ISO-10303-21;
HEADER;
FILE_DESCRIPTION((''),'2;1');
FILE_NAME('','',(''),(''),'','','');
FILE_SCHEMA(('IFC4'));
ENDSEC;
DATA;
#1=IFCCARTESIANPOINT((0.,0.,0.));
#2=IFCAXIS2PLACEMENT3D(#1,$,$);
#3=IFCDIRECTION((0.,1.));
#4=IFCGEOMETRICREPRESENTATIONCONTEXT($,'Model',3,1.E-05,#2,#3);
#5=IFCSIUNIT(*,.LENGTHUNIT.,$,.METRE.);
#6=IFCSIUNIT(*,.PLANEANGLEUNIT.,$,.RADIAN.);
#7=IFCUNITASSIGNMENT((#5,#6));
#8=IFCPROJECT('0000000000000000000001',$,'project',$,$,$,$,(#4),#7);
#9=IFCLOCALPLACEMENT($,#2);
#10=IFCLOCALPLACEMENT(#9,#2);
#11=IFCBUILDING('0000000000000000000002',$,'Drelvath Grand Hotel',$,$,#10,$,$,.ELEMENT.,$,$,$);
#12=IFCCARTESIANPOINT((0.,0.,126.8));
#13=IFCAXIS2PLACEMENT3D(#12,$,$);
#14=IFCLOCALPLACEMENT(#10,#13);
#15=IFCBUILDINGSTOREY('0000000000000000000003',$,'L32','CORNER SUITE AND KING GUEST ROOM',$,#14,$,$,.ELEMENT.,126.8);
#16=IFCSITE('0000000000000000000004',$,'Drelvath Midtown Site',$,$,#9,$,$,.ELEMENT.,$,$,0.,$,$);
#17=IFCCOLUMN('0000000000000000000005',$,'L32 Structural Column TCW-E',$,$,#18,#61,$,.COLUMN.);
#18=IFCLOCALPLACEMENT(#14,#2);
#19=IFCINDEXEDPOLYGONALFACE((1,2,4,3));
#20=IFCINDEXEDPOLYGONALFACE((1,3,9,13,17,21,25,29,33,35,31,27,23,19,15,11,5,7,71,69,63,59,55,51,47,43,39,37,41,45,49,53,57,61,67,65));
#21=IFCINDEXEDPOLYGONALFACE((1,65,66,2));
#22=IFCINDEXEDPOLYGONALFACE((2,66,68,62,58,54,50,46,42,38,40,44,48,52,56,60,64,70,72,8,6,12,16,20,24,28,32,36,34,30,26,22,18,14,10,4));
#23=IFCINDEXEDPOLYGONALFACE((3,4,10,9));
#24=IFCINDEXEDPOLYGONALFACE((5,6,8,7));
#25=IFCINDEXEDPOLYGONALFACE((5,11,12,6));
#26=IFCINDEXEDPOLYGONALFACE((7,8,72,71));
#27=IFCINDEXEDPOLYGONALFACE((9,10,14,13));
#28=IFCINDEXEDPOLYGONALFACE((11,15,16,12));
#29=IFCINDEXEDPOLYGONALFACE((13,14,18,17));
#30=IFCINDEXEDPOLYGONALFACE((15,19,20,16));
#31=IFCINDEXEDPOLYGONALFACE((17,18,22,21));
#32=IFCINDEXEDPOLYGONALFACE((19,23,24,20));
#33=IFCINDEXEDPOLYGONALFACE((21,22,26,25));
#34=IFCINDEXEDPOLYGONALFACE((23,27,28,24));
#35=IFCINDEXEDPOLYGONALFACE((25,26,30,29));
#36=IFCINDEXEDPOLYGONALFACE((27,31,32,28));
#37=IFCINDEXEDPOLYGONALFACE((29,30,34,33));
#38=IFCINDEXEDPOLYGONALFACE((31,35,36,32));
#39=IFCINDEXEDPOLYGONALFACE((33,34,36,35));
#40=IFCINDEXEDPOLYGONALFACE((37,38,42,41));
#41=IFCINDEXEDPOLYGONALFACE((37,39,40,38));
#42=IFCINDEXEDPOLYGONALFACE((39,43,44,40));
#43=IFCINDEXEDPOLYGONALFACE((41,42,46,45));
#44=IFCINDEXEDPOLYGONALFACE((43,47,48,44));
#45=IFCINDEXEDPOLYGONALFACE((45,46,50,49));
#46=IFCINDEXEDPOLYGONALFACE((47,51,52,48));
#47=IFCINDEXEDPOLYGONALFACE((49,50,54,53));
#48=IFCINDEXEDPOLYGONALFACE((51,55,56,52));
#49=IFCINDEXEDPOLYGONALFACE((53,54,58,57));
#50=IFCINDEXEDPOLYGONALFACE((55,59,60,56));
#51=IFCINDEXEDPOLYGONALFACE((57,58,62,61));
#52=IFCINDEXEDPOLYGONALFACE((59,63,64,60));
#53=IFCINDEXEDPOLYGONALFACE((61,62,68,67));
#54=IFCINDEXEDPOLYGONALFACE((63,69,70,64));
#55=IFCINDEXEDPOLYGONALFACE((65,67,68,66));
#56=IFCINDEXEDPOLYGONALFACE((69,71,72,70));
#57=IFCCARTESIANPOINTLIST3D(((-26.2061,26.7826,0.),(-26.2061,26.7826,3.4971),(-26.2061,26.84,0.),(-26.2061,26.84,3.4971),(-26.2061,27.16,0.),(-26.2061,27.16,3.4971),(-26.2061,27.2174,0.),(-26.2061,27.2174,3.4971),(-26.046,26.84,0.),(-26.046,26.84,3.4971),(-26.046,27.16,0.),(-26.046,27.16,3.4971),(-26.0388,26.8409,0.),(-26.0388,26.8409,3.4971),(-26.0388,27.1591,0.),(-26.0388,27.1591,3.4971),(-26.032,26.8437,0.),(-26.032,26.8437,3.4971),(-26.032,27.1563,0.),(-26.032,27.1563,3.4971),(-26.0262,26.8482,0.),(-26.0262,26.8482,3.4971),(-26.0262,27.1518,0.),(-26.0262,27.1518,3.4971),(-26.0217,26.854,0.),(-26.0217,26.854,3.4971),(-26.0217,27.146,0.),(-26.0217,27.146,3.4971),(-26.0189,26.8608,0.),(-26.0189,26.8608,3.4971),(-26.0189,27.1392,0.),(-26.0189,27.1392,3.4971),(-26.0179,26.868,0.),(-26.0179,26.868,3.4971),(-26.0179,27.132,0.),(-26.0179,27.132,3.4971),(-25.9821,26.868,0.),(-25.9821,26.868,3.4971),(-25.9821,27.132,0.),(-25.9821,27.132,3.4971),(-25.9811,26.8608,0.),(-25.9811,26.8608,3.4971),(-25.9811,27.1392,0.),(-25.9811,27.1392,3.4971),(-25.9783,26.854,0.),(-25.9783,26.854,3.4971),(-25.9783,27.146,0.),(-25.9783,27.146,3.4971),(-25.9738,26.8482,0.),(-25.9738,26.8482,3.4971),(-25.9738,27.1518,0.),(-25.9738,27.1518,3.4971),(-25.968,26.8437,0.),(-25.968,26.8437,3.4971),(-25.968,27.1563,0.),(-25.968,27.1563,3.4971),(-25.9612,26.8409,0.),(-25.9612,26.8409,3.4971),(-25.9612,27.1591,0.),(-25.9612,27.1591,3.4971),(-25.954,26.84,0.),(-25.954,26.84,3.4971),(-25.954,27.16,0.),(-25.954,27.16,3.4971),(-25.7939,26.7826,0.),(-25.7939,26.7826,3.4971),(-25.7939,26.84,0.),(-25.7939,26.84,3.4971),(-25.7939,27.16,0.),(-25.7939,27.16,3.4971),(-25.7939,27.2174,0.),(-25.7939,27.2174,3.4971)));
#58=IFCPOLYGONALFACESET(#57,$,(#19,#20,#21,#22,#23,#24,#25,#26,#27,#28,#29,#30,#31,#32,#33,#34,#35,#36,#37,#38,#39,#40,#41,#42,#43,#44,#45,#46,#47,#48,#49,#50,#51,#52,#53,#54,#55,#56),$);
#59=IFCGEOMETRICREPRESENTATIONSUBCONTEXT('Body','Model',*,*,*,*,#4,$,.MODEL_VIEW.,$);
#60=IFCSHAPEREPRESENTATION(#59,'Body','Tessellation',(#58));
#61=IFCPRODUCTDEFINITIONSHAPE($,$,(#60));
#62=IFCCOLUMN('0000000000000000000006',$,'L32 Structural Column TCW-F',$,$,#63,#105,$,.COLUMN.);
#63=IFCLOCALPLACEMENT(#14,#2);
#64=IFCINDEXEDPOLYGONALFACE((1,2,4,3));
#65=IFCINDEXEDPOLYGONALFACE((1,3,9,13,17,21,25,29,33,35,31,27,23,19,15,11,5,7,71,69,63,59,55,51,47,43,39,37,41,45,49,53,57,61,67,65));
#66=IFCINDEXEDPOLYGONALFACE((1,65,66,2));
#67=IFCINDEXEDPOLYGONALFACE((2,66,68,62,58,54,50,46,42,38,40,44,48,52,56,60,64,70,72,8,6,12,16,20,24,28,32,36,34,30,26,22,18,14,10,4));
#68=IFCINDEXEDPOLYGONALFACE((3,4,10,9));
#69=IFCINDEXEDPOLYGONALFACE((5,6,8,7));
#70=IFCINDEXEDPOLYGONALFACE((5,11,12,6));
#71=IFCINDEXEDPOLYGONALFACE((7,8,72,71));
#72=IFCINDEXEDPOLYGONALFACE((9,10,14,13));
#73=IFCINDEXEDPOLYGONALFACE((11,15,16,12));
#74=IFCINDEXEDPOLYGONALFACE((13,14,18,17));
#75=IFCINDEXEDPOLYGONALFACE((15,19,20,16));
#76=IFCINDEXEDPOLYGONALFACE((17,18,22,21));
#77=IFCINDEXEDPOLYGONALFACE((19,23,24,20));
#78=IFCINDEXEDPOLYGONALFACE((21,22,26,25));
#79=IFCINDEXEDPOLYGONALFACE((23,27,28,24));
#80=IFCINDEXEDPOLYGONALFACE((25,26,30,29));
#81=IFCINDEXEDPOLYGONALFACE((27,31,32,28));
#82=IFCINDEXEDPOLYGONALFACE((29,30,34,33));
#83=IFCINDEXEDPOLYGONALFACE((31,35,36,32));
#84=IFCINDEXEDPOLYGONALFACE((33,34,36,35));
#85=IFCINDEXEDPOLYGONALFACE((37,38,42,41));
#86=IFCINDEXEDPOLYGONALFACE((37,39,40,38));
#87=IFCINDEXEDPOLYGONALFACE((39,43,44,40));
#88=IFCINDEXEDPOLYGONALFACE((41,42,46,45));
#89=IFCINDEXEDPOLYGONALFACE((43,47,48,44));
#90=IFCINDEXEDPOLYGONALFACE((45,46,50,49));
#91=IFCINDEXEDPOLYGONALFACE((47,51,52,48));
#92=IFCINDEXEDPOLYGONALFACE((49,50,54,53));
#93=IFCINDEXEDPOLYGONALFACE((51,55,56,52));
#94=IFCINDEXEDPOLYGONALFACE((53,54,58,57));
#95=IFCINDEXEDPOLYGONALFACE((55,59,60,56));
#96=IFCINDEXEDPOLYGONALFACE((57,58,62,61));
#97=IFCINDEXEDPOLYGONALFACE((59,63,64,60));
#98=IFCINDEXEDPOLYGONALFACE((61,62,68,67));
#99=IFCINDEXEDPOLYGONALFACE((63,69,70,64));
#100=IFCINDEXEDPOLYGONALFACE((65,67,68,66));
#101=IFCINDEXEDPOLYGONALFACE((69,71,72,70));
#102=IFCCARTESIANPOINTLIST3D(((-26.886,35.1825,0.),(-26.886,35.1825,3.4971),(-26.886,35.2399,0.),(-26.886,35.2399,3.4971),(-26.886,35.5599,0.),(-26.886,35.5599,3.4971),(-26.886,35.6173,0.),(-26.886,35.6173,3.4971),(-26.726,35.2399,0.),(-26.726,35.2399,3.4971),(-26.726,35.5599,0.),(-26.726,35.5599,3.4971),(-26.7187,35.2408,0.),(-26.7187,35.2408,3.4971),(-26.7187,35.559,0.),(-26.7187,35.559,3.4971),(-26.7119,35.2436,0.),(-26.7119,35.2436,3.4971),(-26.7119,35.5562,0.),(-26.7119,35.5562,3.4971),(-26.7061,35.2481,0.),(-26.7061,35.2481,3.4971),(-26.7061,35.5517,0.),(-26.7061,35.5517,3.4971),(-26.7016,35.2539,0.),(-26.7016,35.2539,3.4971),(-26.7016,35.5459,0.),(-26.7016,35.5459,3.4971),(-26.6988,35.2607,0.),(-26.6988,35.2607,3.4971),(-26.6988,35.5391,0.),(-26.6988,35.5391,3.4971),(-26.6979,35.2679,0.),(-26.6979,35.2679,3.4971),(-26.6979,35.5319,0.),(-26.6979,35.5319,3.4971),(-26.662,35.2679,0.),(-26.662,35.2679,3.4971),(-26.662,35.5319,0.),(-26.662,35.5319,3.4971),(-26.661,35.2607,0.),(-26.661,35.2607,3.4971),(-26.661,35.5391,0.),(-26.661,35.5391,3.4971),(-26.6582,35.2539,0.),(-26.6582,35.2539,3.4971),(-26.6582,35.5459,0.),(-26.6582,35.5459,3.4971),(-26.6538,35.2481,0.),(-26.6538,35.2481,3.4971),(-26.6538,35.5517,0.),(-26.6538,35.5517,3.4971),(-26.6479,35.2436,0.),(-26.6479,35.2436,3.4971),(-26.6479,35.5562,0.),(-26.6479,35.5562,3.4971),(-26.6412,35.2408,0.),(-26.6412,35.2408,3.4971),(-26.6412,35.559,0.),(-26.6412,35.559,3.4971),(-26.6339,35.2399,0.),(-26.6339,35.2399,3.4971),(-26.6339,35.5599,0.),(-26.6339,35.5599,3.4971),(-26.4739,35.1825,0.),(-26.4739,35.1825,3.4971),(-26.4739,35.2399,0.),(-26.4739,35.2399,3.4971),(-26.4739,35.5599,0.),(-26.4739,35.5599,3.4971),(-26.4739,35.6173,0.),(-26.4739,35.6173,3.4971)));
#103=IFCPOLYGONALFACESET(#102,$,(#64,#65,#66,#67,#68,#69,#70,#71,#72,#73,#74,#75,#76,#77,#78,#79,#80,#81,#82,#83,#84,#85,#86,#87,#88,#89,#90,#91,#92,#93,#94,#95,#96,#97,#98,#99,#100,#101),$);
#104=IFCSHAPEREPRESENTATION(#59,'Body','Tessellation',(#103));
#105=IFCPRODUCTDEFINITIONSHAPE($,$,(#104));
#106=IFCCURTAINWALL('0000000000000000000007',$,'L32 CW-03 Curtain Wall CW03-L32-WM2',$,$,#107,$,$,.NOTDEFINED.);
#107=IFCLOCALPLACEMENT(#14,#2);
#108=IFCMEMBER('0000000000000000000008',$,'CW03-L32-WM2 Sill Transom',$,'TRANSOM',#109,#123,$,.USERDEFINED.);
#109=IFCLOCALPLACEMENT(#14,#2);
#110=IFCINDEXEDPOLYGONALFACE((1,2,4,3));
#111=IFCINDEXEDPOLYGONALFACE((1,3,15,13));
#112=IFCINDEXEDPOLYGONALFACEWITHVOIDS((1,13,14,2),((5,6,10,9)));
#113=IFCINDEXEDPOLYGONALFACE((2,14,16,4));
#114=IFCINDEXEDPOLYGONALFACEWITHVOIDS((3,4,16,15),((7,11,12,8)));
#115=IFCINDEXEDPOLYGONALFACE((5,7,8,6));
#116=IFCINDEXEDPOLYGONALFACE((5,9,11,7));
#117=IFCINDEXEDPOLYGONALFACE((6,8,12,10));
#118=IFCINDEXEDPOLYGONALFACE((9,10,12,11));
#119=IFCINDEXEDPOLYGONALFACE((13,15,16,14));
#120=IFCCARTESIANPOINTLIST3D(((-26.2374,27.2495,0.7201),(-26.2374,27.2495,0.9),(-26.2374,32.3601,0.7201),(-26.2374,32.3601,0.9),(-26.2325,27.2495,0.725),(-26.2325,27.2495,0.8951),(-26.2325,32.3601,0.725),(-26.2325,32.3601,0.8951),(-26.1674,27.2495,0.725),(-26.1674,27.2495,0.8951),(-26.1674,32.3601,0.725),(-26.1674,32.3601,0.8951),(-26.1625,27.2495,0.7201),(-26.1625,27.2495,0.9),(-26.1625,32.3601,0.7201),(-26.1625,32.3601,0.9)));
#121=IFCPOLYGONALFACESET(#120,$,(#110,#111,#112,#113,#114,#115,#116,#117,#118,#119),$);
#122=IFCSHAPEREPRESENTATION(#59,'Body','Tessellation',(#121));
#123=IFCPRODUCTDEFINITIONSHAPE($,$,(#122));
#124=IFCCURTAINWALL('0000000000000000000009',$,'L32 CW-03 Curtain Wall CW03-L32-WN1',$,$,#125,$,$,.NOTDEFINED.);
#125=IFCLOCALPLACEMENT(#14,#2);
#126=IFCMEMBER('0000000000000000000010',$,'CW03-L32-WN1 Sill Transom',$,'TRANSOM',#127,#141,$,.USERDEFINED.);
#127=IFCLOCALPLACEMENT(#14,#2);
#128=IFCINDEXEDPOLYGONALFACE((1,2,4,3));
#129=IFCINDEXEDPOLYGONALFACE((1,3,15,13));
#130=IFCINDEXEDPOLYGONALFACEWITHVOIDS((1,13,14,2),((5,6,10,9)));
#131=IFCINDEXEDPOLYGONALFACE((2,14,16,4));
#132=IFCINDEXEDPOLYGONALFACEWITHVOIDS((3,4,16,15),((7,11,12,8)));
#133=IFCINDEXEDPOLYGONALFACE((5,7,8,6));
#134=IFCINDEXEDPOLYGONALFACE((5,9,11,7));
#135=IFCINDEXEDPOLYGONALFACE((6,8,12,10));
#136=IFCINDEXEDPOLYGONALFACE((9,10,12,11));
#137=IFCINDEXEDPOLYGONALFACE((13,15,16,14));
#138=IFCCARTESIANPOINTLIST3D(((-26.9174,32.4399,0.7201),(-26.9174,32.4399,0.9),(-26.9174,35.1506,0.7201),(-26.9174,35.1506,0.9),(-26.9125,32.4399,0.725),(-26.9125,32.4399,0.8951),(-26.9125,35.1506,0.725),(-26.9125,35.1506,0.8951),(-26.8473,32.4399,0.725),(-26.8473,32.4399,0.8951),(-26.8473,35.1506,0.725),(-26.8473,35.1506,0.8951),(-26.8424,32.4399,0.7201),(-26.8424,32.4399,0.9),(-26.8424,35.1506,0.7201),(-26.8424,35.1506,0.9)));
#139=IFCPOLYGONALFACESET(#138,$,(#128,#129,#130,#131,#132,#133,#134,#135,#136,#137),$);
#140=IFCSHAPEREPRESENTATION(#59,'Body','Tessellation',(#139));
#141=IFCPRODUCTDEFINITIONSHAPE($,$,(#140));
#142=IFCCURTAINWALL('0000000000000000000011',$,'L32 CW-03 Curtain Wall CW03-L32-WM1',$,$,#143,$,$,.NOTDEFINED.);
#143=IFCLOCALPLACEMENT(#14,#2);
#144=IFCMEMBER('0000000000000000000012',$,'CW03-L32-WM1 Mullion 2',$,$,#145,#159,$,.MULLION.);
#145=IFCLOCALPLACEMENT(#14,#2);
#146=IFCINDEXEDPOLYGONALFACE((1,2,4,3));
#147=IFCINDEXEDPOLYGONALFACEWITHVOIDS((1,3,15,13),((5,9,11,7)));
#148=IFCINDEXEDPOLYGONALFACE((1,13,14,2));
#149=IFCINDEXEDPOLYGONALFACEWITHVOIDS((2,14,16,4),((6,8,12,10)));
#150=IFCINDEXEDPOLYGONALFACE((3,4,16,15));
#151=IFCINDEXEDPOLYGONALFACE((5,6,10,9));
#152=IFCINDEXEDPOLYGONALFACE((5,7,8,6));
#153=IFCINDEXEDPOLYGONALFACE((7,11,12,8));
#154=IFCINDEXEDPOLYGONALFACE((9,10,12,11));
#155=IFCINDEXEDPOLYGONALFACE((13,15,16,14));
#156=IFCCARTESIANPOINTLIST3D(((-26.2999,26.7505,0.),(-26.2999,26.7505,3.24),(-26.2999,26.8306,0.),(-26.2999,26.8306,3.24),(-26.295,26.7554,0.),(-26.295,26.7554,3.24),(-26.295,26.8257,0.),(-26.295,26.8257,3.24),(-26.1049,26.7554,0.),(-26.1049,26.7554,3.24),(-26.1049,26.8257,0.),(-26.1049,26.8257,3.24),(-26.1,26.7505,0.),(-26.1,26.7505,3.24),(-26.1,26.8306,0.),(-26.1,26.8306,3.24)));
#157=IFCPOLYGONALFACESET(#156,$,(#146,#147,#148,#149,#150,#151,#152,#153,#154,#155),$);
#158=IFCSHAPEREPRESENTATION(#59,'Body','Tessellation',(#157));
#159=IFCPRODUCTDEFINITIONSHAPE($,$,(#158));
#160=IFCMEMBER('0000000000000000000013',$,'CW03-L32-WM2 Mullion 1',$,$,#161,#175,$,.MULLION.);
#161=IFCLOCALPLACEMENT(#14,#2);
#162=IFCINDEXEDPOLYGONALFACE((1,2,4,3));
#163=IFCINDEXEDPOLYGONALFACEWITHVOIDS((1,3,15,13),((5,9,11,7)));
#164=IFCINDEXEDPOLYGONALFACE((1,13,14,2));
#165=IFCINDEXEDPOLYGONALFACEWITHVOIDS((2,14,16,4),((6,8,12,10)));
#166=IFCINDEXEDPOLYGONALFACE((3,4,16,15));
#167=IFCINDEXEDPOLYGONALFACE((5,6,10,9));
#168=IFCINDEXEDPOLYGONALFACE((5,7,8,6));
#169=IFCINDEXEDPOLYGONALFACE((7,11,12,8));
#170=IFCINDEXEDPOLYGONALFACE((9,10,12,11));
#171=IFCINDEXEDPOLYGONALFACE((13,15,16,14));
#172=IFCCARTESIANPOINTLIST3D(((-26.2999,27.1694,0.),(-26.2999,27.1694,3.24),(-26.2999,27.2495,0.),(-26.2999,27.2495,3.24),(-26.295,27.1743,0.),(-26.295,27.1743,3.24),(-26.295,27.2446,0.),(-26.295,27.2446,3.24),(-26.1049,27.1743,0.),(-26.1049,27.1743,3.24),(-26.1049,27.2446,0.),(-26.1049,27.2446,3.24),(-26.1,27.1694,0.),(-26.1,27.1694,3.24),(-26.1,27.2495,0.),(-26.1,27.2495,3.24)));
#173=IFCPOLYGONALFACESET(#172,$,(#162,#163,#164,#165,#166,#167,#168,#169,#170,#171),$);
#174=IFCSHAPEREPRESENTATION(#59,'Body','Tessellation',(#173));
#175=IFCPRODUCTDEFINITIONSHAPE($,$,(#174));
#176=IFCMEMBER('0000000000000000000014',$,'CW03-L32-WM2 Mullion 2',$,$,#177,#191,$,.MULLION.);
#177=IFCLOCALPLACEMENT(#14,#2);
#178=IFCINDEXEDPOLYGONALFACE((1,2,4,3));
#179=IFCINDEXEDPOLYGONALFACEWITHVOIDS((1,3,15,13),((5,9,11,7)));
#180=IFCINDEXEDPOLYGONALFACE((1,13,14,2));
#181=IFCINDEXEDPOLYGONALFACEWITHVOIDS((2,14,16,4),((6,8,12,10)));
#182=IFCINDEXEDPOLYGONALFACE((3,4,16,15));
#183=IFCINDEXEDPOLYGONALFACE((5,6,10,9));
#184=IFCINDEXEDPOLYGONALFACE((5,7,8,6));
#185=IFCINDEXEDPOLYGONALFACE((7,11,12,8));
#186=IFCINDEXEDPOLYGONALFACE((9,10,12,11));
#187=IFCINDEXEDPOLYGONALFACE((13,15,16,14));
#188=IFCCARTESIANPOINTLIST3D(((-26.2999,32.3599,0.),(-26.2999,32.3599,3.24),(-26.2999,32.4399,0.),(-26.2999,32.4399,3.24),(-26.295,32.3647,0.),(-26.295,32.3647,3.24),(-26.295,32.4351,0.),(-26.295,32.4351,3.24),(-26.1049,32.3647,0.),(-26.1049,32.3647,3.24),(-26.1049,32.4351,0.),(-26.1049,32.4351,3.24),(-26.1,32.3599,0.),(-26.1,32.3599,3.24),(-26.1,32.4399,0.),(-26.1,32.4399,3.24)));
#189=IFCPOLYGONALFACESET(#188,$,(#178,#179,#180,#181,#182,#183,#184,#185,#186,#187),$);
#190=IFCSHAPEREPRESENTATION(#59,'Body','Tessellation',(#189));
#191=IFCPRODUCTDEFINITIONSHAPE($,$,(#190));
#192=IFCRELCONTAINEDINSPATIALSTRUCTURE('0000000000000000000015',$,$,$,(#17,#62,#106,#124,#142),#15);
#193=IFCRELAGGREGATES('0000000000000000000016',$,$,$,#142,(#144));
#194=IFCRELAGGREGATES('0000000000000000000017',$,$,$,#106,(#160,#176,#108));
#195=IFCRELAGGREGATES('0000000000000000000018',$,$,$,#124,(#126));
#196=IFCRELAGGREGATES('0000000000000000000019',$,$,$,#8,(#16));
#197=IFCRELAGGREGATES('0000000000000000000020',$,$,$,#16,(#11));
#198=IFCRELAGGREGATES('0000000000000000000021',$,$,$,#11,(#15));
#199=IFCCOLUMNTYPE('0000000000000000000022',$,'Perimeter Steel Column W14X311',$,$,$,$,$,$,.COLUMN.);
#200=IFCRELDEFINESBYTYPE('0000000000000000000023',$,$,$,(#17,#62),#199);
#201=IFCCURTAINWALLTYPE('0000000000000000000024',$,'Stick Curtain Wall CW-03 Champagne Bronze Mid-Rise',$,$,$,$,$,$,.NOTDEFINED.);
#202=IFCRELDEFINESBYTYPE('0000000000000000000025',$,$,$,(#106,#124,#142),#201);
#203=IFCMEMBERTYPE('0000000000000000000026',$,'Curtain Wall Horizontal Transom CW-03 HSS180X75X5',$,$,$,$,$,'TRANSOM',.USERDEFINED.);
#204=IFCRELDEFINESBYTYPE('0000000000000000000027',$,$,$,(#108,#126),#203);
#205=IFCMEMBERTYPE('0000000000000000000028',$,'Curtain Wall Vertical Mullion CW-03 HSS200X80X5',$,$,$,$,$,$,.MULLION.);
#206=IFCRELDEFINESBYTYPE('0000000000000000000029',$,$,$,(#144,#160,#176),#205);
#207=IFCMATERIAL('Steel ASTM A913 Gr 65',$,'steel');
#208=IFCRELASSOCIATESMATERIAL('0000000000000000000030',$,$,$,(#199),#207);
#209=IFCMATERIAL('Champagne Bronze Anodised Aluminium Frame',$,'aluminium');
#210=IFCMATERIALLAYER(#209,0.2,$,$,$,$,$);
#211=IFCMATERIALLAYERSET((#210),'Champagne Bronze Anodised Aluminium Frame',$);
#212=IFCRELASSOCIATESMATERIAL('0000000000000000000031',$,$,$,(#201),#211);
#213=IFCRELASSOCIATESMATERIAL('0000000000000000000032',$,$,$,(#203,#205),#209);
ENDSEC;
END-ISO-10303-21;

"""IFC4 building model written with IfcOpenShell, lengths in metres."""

from ifc_helpers import new_model, si_unit, direction, frame, origin, origin_2d, place, context, subcontext, project, spatial, hollow_rectangle, i_section, extrude, material, layer, layer_set, material_profile, profile_set, type_object, element, aggregate, save


model = new_model("IFC4")

# Units and contexts
model_context = context("Model", 3, precision=1e-05, world=origin(), true_north=direction((0.0, 1.0)))
body_context = subcontext(model_context, "Body", "Model", "MODEL_VIEW")
ifc_project = project(units=[si_unit("LENGTHUNIT", "METRE"), si_unit("PLANEANGLEUNIT", "RADIAN")], contexts=[model_context])

# Site, building, storey
site_placement = place(None, origin())
site = spatial("IfcSite", under=ifc_project, at=site_placement, Name="Drelvath Midtown Site", CompositionType="ELEMENT", RefElevation=0.0)
building_placement = place(site_placement, origin())
building = spatial("IfcBuilding", under=site, at=building_placement, Name="Drelvath Grand Hotel", CompositionType="ELEMENT")
storey_placement = place(building_placement, frame((0.0, 0.0, 126.8)))
storey = spatial("IfcBuildingStorey", under=building, at=storey_placement, Name="L32", Description="CORNER SUITE AND KING GUEST ROOM", CompositionType="ELEMENT", Elevation=126.8)

# Columns
ifc_material_1 = material(Name="Steel ASTM A913 Gr 65", Category="steel")
ifc_material_profile_1 = material_profile(ifc_material_1, i_section(OverallWidth=0.4121, OverallDepth=0.4348, WebThickness=0.0359, FlangeThickness=0.0574, FilletRadius=0.0281, at=origin_2d()), Name="W14X311")
ifc_profile_set_1 = profile_set([ifc_material_profile_1], Name="Steel ASTM A913 Gr 65")
column_type = type_object("IfcColumnType", Name="Perimeter Steel Column W14X311", PredefinedType="COLUMN", material=ifc_profile_set_1)
for number, where, z_axis, x_axis, name in (
    (1, (-26.0, 27.0, 0.0), (0.0, 0.0, 1.0), (1.0, 0.0, 0.0), "L32 Structural Column TCW-E"),
    (2, (-26.6799, 35.3999, 0.0), (0.0, 0.0, 1.0), (1.0, 0.0, 0.0), "L32 Structural Column TCW-F"),
):
    element("IfcColumn", number, at=place(storey_placement, frame(where, z_axis=z_axis, x_axis=x_axis)), inside=storey, type_object=column_type, Name=name, PredefinedType="COLUMN", context=body_context, shape_type="SweptSolid", body=[
        extrude(i_section(OverallWidth=0.4121, OverallDepth=0.4348, WebThickness=0.0359, FlangeThickness=0.0574, FilletRadius=0.0281, at=origin_2d()), origin(), (0.0, 0.0, 1.0), 3.4971),
    ])

# Curtain walls, members
ifc_material_2 = material(Name="Champagne Bronze Anodised Aluminium Frame", Category="aluminium")
ifc_layer_1 = layer(ifc_material_2, 0.2)
ifc_layer_set_1 = layer_set([ifc_layer_1], Name="Champagne Bronze Anodised Aluminium Frame")
curtain_wall_type = type_object("IfcCurtainWallType", Name="Stick Curtain Wall CW-03 Champagne Bronze Mid-Rise", PredefinedType="NOTDEFINED", material=ifc_layer_set_1)
curtain_wall_1_placement = place(storey_placement, origin())
curtain_wall_1 = element("IfcCurtainWall", 3, at=curtain_wall_1_placement, inside=storey, type_object=curtain_wall_type, Name="L32 CW-03 Curtain Wall CW03-L32-WM2", PredefinedType="NOTDEFINED")
ifc_material_profile_2 = material_profile(ifc_material_2, hollow_rectangle(XDim=0.075, YDim=0.1799, WallThickness=0.0049, at=origin_2d()), Name="HSS180X75X5")
ifc_profile_set_2 = profile_set([ifc_material_profile_2], Name="Champagne Bronze Anodised Aluminium Frame")
member_type_1 = type_object("IfcMemberType", Name="Curtain Wall Horizontal Transom CW-03 HSS180X75X5", ElementType="TRANSOM", PredefinedType="USERDEFINED", material=ifc_profile_set_2)
member_1_placement = place(storey_placement, frame((-26.2, 27.2495, 0.8101), z_axis=(0.0, 1.0, 0.0), x_axis=(-1.0, 0.0, 0.0)))
member_1 = element("IfcMember", 4, at=member_1_placement, type_object=member_type_1, Name="CW03-L32-WM2 Sill Transom", ObjectType="TRANSOM", PredefinedType="USERDEFINED", context=body_context, shape_type="SweptSolid", body=[
    extrude(hollow_rectangle(XDim=0.075, YDim=0.1799, WallThickness=0.0049, at=origin_2d()), origin(), (0.0, 0.0, 1.0), 5.1106),
])
curtain_wall_2_placement = place(storey_placement, origin())
curtain_wall_2 = element("IfcCurtainWall", 5, at=curtain_wall_2_placement, inside=storey, type_object=curtain_wall_type, Name="L32 CW-03 Curtain Wall CW03-L32-WN1", PredefinedType="NOTDEFINED")
member_2_placement = place(storey_placement, frame((-26.8799, 32.4399, 0.8101), z_axis=(0.0, 1.0, 0.0), x_axis=(-1.0, 0.0, 0.0)))
member_2 = element("IfcMember", 6, at=member_2_placement, type_object=member_type_1, Name="CW03-L32-WN1 Sill Transom", ObjectType="TRANSOM", PredefinedType="USERDEFINED", context=body_context, shape_type="SweptSolid", body=[
    extrude(hollow_rectangle(XDim=0.075, YDim=0.1799, WallThickness=0.0049, at=origin_2d()), origin(), (0.0, 0.0, 1.0), 2.7107),
])
curtain_wall_3_placement = place(storey_placement, origin())
curtain_wall_3 = element("IfcCurtainWall", 7, at=curtain_wall_3_placement, inside=storey, type_object=curtain_wall_type, Name="L32 CW-03 Curtain Wall CW03-L32-WM1", PredefinedType="NOTDEFINED")
ifc_material_profile_3 = material_profile(ifc_material_2, hollow_rectangle(XDim=0.0801, YDim=0.2, WallThickness=0.0049, at=origin_2d()), Name="HSS200X80X5")
ifc_profile_set_3 = profile_set([ifc_material_profile_3], Name="Champagne Bronze Anodised Aluminium Frame")
member_type_2 = type_object("IfcMemberType", Name="Curtain Wall Vertical Mullion CW-03 HSS200X80X5", PredefinedType="MULLION", material=ifc_profile_set_3)
member_3_placement = place(storey_placement, frame((-26.2, 26.7905, 0.0), z_axis=(0.0, 0.0, 1.0), x_axis=(0.0, 1.0, 0.0)))
member_3 = element("IfcMember", 8, at=member_3_placement, type_object=member_type_2, Name="CW03-L32-WM1 Mullion 2", PredefinedType="MULLION", context=body_context, shape_type="SweptSolid", body=[
    extrude(hollow_rectangle(XDim=0.0801, YDim=0.2, WallThickness=0.0049, at=origin_2d()), origin(), (0.0, 0.0, 1.0), 3.24),
])
aggregate(curtain_wall_3, [member_3])

# Members
member_4_placement = place(storey_placement, frame((-26.2, 27.2095, 0.0), z_axis=(0.0, 0.0, 1.0), x_axis=(0.0, 1.0, 0.0)))
member_4 = element("IfcMember", 9, at=member_4_placement, type_object=member_type_2, Name="CW03-L32-WM2 Mullion 1", PredefinedType="MULLION", context=body_context, shape_type="SweptSolid", body=[
    extrude(hollow_rectangle(XDim=0.0801, YDim=0.2, WallThickness=0.0049, at=origin_2d()), origin(), (0.0, 0.0, 1.0), 3.24),
])
member_5_placement = place(storey_placement, frame((-26.2, 32.3999, 0.0), z_axis=(0.0, 0.0, 1.0), x_axis=(0.0, 1.0, 0.0)))
member_5 = element("IfcMember", 10, at=member_5_placement, type_object=member_type_2, Name="CW03-L32-WM2 Mullion 2", PredefinedType="MULLION", context=body_context, shape_type="SweptSolid", body=[
    extrude(hollow_rectangle(XDim=0.0801, YDim=0.2, WallThickness=0.0049, at=origin_2d()), origin(), (0.0, 0.0, 1.0), 3.24),
])

aggregate(curtain_wall_1, [member_4, member_5, member_1])
aggregate(curtain_wall_2, [member_2])

save(model, "model.ifc")
